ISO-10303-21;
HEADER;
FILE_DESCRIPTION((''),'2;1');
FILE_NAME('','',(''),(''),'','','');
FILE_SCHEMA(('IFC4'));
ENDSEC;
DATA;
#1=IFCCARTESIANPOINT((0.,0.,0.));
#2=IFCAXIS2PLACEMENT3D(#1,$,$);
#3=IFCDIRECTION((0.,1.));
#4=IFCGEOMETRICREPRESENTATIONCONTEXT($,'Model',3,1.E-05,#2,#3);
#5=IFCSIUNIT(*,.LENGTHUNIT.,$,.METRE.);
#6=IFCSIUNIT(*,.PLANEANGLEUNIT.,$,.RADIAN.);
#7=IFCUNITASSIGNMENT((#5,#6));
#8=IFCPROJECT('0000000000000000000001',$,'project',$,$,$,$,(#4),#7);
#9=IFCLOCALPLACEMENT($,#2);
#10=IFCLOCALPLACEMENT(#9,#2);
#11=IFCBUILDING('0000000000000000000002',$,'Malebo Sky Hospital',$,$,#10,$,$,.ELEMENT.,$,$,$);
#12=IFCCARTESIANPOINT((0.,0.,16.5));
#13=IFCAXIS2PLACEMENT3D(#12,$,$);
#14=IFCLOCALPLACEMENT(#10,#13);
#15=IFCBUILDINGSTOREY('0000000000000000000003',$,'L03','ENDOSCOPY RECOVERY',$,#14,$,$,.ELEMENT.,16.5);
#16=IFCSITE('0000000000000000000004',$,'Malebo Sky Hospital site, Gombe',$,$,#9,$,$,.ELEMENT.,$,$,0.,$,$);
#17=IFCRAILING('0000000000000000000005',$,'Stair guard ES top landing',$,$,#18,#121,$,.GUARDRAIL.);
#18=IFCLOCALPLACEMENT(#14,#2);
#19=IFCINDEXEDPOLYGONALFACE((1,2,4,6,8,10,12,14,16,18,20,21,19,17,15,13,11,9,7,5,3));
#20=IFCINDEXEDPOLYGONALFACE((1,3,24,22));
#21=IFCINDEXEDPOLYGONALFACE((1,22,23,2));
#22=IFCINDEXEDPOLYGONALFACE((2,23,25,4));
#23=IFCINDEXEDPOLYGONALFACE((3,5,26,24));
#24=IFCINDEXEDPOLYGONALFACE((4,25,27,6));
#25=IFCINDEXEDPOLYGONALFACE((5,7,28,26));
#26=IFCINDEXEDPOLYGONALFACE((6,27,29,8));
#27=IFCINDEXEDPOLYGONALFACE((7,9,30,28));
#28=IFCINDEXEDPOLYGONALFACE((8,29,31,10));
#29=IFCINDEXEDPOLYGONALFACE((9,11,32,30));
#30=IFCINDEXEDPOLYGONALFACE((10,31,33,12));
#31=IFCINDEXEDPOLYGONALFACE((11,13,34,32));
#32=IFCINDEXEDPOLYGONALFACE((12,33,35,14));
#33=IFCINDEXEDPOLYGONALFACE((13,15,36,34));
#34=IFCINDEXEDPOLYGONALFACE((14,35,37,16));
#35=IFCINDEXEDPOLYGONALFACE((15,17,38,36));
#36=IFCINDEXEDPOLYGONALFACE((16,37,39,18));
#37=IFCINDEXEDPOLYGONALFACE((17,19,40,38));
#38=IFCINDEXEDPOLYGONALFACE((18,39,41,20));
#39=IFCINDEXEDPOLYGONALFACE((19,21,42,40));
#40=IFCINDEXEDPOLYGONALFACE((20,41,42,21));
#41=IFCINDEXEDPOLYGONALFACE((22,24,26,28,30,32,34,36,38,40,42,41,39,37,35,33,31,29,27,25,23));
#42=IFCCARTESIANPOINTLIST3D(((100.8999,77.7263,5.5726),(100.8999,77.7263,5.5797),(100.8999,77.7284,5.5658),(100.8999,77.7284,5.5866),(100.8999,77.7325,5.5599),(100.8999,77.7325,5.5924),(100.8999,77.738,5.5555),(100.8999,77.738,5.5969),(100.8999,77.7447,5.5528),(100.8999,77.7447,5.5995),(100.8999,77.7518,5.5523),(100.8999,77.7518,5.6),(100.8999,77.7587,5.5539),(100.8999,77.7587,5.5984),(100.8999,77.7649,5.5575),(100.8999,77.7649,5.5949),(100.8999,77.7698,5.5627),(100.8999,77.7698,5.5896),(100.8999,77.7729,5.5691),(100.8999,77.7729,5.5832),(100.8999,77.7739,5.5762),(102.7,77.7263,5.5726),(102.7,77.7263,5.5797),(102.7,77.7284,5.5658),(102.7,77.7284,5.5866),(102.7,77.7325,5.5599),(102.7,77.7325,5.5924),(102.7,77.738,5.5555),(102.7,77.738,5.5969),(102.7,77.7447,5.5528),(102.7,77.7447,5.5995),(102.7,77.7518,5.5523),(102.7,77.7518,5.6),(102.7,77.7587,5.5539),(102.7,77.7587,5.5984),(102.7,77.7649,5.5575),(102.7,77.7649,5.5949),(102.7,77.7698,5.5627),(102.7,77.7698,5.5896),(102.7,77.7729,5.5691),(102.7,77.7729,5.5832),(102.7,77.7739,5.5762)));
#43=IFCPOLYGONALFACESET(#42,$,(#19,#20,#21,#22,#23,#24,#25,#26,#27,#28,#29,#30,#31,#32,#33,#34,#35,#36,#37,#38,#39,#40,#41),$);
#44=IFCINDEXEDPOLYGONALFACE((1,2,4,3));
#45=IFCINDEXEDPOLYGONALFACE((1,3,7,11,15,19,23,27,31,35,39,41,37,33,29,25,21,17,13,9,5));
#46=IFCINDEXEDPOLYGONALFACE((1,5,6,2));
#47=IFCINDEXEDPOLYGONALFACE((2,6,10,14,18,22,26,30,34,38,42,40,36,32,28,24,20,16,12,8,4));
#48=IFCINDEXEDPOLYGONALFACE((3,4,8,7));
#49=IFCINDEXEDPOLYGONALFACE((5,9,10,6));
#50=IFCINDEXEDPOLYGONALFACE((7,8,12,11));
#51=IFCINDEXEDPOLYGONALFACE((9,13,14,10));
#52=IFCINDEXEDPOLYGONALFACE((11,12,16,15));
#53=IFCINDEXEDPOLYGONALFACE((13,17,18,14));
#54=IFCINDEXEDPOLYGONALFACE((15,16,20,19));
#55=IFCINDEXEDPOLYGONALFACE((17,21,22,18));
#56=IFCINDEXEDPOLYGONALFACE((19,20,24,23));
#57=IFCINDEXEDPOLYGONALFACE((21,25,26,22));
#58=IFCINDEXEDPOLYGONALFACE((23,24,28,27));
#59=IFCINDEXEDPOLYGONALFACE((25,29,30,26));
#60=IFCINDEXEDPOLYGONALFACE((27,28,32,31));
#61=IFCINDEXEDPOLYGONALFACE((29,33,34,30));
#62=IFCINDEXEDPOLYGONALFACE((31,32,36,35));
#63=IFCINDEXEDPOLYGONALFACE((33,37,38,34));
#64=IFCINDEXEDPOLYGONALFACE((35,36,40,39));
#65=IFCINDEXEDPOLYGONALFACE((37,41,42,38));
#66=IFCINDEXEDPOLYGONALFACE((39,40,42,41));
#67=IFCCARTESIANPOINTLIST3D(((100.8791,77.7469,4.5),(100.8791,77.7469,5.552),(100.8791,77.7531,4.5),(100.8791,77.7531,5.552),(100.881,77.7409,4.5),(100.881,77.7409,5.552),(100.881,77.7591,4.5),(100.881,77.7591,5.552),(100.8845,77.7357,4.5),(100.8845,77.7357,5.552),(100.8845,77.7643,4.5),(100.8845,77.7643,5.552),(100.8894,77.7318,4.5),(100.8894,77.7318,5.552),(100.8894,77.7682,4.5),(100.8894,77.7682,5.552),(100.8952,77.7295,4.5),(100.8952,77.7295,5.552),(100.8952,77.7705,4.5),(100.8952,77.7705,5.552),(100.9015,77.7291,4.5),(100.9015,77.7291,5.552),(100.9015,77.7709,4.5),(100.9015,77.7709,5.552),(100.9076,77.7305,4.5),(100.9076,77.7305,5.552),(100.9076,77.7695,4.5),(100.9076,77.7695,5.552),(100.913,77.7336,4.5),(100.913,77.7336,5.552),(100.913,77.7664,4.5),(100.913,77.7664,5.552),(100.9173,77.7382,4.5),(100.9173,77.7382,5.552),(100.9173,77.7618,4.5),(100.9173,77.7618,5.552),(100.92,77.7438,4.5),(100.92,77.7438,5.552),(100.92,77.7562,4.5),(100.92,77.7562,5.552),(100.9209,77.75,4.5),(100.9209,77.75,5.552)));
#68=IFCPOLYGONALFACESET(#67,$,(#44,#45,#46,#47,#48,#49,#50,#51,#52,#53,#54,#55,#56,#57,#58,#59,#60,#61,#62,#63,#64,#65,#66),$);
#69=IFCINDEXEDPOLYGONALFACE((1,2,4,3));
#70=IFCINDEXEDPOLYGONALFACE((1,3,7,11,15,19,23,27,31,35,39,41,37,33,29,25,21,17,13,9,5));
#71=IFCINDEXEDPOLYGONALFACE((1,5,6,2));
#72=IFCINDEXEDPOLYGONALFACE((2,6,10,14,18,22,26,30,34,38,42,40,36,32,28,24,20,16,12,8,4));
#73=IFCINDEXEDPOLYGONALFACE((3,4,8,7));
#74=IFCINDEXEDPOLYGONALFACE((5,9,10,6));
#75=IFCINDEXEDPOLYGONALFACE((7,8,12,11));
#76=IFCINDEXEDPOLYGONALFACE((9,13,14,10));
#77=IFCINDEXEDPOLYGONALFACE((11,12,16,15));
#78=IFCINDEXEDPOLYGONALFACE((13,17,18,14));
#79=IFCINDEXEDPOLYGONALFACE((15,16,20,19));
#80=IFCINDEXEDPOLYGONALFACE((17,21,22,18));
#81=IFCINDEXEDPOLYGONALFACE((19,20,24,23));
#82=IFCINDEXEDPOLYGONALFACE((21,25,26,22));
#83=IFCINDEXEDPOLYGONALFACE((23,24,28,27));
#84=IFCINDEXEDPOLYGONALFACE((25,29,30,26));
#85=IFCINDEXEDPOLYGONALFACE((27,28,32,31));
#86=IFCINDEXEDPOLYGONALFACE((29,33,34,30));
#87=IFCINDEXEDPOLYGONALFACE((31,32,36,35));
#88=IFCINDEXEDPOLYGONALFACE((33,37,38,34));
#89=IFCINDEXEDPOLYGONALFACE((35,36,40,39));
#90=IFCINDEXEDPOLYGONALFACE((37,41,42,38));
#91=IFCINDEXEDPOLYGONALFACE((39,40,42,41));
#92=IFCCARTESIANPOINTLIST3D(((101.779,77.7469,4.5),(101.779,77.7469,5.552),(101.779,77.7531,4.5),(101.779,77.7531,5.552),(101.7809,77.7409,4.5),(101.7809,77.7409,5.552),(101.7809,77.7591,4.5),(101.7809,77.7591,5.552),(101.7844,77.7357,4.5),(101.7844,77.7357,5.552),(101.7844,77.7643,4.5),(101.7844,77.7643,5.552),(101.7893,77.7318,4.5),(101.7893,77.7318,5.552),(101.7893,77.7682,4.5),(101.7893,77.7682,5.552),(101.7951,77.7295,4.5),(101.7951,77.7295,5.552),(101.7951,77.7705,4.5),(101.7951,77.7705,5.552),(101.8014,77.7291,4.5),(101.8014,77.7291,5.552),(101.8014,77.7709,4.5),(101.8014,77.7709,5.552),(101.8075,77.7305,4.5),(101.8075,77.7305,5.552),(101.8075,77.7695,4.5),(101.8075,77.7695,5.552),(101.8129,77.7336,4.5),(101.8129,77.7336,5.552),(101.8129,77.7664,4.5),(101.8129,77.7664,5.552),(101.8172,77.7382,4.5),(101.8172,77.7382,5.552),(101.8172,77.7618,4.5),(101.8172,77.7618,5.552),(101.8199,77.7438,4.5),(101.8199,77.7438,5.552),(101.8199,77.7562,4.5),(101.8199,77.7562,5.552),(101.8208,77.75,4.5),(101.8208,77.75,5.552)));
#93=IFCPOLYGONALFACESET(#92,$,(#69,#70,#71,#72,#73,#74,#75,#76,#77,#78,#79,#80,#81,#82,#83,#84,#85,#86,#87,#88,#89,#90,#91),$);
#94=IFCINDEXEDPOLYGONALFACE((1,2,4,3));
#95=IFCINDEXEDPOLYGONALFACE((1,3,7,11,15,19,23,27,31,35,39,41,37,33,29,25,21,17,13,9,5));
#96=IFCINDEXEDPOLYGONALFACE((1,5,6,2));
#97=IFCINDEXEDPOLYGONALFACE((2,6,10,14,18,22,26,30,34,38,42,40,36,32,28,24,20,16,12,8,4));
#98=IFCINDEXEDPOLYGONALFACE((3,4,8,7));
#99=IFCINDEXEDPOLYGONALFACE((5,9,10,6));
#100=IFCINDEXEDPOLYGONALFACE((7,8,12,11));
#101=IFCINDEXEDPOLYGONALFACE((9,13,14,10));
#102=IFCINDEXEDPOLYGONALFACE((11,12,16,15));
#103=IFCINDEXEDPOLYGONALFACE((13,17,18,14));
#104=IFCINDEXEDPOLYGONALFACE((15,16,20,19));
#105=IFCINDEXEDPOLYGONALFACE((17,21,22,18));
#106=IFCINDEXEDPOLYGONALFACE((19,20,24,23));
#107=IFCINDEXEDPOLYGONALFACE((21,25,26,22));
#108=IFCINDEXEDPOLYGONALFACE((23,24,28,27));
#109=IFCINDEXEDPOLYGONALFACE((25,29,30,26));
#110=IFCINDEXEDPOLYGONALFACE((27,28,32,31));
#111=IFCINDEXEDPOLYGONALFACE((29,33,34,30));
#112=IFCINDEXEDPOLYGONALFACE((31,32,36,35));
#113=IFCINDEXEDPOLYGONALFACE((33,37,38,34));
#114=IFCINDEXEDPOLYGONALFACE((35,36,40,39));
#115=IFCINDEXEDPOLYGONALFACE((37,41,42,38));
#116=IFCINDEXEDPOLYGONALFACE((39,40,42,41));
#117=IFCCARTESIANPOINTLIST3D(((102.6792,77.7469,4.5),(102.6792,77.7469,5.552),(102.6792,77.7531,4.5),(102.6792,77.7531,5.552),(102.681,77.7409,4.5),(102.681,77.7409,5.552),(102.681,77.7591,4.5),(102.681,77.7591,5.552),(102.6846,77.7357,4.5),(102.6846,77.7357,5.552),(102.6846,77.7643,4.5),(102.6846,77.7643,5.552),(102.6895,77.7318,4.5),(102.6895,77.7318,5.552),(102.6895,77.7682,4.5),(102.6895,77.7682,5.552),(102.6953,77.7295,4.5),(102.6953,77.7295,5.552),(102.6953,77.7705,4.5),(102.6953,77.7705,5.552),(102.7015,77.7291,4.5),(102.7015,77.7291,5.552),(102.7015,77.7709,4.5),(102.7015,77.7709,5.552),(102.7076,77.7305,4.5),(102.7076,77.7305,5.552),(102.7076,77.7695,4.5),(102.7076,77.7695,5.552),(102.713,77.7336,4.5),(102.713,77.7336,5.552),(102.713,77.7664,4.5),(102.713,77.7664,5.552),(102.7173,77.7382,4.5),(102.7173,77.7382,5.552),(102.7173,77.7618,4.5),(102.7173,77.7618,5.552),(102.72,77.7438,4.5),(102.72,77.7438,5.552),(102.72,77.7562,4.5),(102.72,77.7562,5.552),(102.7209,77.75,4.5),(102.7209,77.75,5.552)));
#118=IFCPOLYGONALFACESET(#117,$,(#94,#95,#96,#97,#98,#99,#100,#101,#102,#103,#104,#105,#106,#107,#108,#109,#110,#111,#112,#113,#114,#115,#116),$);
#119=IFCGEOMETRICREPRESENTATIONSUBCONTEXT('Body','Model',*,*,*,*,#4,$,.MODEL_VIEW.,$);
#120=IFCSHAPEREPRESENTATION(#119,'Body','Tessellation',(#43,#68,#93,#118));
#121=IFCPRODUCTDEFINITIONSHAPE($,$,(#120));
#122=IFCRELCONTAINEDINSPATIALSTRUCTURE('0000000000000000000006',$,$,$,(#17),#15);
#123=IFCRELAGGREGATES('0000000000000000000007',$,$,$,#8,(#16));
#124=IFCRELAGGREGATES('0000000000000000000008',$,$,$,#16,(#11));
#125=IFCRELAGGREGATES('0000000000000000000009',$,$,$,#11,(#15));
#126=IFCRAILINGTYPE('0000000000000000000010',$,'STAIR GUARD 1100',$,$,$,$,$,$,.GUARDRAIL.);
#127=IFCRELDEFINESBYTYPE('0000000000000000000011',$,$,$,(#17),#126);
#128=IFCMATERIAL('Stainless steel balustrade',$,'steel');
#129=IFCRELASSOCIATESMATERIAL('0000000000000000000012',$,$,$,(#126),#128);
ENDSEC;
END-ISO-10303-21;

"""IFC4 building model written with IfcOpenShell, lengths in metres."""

from ifc_helpers import new_model, si_unit, direction, frame, origin, origin_2d, place, context, subcontext, project, spatial, circle, extrude, material, type_object, element, save


model = new_model("IFC4")

# Units and contexts
model_context = context("Model", 3, precision=1e-05, world=origin(), true_north=direction((0.0, 1.0)))
body_context = subcontext(model_context, "Body", "Model", "MODEL_VIEW")
ifc_project = project(units=[si_unit("LENGTHUNIT", "METRE"), si_unit("PLANEANGLEUNIT", "RADIAN")], contexts=[model_context])

# Site, building, storey
site_placement = place(None, origin())
site = spatial("IfcSite", under=ifc_project, at=site_placement, Name="Malebo Sky Hospital site, Gombe", CompositionType="ELEMENT", RefElevation=0.0)
building_placement = place(site_placement, origin())
building = spatial("IfcBuilding", under=site, at=building_placement, Name="Malebo Sky Hospital", CompositionType="ELEMENT")
storey_placement = place(building_placement, frame((0.0, 0.0, 16.5)))
storey = spatial("IfcBuildingStorey", under=building, at=storey_placement, Name="L03", Description="ENDOSCOPY RECOVERY", CompositionType="ELEMENT", Elevation=16.5)

# Railing
ifc_material_1 = material(Name="Stainless steel balustrade", Category="steel")
railing_type = type_object("IfcRailingType", Name="STAIR GUARD 1100", PredefinedType="GUARDRAIL", material=ifc_material_1)
railing_placement = place(storey_placement, frame((100.8999, 77.75, 4.5)))
element("IfcRailing", 1, at=railing_placement, inside=storey, type_object=railing_type, Name="Stair guard ES top landing", PredefinedType="GUARDRAIL", context=body_context, shape_type="SweptSolid", body=[
    extrude(circle(Radius=0.0239, at=origin_2d()), frame((0.0, 0.0, 1.0762), z_axis=(1.0, 0.0, 0.0), x_axis=(0.0, 1.0, 0.0)), (0.0, 0.0, 1.0), 1.8),
    extrude(circle(Radius=0.021, at=origin_2d()), origin(), (0.0, 0.0, 1.0), 1.052),
    extrude(circle(Radius=0.021, at=origin_2d()), frame((0.8999, 0.0, 0.0)), (0.0, 0.0, 1.0), 1.052),
    extrude(circle(Radius=0.021, at=origin_2d()), frame((1.8, 0.0, 0.0)), (0.0, 0.0, 1.0), 1.052),
])

save(model, "model.ifc")
